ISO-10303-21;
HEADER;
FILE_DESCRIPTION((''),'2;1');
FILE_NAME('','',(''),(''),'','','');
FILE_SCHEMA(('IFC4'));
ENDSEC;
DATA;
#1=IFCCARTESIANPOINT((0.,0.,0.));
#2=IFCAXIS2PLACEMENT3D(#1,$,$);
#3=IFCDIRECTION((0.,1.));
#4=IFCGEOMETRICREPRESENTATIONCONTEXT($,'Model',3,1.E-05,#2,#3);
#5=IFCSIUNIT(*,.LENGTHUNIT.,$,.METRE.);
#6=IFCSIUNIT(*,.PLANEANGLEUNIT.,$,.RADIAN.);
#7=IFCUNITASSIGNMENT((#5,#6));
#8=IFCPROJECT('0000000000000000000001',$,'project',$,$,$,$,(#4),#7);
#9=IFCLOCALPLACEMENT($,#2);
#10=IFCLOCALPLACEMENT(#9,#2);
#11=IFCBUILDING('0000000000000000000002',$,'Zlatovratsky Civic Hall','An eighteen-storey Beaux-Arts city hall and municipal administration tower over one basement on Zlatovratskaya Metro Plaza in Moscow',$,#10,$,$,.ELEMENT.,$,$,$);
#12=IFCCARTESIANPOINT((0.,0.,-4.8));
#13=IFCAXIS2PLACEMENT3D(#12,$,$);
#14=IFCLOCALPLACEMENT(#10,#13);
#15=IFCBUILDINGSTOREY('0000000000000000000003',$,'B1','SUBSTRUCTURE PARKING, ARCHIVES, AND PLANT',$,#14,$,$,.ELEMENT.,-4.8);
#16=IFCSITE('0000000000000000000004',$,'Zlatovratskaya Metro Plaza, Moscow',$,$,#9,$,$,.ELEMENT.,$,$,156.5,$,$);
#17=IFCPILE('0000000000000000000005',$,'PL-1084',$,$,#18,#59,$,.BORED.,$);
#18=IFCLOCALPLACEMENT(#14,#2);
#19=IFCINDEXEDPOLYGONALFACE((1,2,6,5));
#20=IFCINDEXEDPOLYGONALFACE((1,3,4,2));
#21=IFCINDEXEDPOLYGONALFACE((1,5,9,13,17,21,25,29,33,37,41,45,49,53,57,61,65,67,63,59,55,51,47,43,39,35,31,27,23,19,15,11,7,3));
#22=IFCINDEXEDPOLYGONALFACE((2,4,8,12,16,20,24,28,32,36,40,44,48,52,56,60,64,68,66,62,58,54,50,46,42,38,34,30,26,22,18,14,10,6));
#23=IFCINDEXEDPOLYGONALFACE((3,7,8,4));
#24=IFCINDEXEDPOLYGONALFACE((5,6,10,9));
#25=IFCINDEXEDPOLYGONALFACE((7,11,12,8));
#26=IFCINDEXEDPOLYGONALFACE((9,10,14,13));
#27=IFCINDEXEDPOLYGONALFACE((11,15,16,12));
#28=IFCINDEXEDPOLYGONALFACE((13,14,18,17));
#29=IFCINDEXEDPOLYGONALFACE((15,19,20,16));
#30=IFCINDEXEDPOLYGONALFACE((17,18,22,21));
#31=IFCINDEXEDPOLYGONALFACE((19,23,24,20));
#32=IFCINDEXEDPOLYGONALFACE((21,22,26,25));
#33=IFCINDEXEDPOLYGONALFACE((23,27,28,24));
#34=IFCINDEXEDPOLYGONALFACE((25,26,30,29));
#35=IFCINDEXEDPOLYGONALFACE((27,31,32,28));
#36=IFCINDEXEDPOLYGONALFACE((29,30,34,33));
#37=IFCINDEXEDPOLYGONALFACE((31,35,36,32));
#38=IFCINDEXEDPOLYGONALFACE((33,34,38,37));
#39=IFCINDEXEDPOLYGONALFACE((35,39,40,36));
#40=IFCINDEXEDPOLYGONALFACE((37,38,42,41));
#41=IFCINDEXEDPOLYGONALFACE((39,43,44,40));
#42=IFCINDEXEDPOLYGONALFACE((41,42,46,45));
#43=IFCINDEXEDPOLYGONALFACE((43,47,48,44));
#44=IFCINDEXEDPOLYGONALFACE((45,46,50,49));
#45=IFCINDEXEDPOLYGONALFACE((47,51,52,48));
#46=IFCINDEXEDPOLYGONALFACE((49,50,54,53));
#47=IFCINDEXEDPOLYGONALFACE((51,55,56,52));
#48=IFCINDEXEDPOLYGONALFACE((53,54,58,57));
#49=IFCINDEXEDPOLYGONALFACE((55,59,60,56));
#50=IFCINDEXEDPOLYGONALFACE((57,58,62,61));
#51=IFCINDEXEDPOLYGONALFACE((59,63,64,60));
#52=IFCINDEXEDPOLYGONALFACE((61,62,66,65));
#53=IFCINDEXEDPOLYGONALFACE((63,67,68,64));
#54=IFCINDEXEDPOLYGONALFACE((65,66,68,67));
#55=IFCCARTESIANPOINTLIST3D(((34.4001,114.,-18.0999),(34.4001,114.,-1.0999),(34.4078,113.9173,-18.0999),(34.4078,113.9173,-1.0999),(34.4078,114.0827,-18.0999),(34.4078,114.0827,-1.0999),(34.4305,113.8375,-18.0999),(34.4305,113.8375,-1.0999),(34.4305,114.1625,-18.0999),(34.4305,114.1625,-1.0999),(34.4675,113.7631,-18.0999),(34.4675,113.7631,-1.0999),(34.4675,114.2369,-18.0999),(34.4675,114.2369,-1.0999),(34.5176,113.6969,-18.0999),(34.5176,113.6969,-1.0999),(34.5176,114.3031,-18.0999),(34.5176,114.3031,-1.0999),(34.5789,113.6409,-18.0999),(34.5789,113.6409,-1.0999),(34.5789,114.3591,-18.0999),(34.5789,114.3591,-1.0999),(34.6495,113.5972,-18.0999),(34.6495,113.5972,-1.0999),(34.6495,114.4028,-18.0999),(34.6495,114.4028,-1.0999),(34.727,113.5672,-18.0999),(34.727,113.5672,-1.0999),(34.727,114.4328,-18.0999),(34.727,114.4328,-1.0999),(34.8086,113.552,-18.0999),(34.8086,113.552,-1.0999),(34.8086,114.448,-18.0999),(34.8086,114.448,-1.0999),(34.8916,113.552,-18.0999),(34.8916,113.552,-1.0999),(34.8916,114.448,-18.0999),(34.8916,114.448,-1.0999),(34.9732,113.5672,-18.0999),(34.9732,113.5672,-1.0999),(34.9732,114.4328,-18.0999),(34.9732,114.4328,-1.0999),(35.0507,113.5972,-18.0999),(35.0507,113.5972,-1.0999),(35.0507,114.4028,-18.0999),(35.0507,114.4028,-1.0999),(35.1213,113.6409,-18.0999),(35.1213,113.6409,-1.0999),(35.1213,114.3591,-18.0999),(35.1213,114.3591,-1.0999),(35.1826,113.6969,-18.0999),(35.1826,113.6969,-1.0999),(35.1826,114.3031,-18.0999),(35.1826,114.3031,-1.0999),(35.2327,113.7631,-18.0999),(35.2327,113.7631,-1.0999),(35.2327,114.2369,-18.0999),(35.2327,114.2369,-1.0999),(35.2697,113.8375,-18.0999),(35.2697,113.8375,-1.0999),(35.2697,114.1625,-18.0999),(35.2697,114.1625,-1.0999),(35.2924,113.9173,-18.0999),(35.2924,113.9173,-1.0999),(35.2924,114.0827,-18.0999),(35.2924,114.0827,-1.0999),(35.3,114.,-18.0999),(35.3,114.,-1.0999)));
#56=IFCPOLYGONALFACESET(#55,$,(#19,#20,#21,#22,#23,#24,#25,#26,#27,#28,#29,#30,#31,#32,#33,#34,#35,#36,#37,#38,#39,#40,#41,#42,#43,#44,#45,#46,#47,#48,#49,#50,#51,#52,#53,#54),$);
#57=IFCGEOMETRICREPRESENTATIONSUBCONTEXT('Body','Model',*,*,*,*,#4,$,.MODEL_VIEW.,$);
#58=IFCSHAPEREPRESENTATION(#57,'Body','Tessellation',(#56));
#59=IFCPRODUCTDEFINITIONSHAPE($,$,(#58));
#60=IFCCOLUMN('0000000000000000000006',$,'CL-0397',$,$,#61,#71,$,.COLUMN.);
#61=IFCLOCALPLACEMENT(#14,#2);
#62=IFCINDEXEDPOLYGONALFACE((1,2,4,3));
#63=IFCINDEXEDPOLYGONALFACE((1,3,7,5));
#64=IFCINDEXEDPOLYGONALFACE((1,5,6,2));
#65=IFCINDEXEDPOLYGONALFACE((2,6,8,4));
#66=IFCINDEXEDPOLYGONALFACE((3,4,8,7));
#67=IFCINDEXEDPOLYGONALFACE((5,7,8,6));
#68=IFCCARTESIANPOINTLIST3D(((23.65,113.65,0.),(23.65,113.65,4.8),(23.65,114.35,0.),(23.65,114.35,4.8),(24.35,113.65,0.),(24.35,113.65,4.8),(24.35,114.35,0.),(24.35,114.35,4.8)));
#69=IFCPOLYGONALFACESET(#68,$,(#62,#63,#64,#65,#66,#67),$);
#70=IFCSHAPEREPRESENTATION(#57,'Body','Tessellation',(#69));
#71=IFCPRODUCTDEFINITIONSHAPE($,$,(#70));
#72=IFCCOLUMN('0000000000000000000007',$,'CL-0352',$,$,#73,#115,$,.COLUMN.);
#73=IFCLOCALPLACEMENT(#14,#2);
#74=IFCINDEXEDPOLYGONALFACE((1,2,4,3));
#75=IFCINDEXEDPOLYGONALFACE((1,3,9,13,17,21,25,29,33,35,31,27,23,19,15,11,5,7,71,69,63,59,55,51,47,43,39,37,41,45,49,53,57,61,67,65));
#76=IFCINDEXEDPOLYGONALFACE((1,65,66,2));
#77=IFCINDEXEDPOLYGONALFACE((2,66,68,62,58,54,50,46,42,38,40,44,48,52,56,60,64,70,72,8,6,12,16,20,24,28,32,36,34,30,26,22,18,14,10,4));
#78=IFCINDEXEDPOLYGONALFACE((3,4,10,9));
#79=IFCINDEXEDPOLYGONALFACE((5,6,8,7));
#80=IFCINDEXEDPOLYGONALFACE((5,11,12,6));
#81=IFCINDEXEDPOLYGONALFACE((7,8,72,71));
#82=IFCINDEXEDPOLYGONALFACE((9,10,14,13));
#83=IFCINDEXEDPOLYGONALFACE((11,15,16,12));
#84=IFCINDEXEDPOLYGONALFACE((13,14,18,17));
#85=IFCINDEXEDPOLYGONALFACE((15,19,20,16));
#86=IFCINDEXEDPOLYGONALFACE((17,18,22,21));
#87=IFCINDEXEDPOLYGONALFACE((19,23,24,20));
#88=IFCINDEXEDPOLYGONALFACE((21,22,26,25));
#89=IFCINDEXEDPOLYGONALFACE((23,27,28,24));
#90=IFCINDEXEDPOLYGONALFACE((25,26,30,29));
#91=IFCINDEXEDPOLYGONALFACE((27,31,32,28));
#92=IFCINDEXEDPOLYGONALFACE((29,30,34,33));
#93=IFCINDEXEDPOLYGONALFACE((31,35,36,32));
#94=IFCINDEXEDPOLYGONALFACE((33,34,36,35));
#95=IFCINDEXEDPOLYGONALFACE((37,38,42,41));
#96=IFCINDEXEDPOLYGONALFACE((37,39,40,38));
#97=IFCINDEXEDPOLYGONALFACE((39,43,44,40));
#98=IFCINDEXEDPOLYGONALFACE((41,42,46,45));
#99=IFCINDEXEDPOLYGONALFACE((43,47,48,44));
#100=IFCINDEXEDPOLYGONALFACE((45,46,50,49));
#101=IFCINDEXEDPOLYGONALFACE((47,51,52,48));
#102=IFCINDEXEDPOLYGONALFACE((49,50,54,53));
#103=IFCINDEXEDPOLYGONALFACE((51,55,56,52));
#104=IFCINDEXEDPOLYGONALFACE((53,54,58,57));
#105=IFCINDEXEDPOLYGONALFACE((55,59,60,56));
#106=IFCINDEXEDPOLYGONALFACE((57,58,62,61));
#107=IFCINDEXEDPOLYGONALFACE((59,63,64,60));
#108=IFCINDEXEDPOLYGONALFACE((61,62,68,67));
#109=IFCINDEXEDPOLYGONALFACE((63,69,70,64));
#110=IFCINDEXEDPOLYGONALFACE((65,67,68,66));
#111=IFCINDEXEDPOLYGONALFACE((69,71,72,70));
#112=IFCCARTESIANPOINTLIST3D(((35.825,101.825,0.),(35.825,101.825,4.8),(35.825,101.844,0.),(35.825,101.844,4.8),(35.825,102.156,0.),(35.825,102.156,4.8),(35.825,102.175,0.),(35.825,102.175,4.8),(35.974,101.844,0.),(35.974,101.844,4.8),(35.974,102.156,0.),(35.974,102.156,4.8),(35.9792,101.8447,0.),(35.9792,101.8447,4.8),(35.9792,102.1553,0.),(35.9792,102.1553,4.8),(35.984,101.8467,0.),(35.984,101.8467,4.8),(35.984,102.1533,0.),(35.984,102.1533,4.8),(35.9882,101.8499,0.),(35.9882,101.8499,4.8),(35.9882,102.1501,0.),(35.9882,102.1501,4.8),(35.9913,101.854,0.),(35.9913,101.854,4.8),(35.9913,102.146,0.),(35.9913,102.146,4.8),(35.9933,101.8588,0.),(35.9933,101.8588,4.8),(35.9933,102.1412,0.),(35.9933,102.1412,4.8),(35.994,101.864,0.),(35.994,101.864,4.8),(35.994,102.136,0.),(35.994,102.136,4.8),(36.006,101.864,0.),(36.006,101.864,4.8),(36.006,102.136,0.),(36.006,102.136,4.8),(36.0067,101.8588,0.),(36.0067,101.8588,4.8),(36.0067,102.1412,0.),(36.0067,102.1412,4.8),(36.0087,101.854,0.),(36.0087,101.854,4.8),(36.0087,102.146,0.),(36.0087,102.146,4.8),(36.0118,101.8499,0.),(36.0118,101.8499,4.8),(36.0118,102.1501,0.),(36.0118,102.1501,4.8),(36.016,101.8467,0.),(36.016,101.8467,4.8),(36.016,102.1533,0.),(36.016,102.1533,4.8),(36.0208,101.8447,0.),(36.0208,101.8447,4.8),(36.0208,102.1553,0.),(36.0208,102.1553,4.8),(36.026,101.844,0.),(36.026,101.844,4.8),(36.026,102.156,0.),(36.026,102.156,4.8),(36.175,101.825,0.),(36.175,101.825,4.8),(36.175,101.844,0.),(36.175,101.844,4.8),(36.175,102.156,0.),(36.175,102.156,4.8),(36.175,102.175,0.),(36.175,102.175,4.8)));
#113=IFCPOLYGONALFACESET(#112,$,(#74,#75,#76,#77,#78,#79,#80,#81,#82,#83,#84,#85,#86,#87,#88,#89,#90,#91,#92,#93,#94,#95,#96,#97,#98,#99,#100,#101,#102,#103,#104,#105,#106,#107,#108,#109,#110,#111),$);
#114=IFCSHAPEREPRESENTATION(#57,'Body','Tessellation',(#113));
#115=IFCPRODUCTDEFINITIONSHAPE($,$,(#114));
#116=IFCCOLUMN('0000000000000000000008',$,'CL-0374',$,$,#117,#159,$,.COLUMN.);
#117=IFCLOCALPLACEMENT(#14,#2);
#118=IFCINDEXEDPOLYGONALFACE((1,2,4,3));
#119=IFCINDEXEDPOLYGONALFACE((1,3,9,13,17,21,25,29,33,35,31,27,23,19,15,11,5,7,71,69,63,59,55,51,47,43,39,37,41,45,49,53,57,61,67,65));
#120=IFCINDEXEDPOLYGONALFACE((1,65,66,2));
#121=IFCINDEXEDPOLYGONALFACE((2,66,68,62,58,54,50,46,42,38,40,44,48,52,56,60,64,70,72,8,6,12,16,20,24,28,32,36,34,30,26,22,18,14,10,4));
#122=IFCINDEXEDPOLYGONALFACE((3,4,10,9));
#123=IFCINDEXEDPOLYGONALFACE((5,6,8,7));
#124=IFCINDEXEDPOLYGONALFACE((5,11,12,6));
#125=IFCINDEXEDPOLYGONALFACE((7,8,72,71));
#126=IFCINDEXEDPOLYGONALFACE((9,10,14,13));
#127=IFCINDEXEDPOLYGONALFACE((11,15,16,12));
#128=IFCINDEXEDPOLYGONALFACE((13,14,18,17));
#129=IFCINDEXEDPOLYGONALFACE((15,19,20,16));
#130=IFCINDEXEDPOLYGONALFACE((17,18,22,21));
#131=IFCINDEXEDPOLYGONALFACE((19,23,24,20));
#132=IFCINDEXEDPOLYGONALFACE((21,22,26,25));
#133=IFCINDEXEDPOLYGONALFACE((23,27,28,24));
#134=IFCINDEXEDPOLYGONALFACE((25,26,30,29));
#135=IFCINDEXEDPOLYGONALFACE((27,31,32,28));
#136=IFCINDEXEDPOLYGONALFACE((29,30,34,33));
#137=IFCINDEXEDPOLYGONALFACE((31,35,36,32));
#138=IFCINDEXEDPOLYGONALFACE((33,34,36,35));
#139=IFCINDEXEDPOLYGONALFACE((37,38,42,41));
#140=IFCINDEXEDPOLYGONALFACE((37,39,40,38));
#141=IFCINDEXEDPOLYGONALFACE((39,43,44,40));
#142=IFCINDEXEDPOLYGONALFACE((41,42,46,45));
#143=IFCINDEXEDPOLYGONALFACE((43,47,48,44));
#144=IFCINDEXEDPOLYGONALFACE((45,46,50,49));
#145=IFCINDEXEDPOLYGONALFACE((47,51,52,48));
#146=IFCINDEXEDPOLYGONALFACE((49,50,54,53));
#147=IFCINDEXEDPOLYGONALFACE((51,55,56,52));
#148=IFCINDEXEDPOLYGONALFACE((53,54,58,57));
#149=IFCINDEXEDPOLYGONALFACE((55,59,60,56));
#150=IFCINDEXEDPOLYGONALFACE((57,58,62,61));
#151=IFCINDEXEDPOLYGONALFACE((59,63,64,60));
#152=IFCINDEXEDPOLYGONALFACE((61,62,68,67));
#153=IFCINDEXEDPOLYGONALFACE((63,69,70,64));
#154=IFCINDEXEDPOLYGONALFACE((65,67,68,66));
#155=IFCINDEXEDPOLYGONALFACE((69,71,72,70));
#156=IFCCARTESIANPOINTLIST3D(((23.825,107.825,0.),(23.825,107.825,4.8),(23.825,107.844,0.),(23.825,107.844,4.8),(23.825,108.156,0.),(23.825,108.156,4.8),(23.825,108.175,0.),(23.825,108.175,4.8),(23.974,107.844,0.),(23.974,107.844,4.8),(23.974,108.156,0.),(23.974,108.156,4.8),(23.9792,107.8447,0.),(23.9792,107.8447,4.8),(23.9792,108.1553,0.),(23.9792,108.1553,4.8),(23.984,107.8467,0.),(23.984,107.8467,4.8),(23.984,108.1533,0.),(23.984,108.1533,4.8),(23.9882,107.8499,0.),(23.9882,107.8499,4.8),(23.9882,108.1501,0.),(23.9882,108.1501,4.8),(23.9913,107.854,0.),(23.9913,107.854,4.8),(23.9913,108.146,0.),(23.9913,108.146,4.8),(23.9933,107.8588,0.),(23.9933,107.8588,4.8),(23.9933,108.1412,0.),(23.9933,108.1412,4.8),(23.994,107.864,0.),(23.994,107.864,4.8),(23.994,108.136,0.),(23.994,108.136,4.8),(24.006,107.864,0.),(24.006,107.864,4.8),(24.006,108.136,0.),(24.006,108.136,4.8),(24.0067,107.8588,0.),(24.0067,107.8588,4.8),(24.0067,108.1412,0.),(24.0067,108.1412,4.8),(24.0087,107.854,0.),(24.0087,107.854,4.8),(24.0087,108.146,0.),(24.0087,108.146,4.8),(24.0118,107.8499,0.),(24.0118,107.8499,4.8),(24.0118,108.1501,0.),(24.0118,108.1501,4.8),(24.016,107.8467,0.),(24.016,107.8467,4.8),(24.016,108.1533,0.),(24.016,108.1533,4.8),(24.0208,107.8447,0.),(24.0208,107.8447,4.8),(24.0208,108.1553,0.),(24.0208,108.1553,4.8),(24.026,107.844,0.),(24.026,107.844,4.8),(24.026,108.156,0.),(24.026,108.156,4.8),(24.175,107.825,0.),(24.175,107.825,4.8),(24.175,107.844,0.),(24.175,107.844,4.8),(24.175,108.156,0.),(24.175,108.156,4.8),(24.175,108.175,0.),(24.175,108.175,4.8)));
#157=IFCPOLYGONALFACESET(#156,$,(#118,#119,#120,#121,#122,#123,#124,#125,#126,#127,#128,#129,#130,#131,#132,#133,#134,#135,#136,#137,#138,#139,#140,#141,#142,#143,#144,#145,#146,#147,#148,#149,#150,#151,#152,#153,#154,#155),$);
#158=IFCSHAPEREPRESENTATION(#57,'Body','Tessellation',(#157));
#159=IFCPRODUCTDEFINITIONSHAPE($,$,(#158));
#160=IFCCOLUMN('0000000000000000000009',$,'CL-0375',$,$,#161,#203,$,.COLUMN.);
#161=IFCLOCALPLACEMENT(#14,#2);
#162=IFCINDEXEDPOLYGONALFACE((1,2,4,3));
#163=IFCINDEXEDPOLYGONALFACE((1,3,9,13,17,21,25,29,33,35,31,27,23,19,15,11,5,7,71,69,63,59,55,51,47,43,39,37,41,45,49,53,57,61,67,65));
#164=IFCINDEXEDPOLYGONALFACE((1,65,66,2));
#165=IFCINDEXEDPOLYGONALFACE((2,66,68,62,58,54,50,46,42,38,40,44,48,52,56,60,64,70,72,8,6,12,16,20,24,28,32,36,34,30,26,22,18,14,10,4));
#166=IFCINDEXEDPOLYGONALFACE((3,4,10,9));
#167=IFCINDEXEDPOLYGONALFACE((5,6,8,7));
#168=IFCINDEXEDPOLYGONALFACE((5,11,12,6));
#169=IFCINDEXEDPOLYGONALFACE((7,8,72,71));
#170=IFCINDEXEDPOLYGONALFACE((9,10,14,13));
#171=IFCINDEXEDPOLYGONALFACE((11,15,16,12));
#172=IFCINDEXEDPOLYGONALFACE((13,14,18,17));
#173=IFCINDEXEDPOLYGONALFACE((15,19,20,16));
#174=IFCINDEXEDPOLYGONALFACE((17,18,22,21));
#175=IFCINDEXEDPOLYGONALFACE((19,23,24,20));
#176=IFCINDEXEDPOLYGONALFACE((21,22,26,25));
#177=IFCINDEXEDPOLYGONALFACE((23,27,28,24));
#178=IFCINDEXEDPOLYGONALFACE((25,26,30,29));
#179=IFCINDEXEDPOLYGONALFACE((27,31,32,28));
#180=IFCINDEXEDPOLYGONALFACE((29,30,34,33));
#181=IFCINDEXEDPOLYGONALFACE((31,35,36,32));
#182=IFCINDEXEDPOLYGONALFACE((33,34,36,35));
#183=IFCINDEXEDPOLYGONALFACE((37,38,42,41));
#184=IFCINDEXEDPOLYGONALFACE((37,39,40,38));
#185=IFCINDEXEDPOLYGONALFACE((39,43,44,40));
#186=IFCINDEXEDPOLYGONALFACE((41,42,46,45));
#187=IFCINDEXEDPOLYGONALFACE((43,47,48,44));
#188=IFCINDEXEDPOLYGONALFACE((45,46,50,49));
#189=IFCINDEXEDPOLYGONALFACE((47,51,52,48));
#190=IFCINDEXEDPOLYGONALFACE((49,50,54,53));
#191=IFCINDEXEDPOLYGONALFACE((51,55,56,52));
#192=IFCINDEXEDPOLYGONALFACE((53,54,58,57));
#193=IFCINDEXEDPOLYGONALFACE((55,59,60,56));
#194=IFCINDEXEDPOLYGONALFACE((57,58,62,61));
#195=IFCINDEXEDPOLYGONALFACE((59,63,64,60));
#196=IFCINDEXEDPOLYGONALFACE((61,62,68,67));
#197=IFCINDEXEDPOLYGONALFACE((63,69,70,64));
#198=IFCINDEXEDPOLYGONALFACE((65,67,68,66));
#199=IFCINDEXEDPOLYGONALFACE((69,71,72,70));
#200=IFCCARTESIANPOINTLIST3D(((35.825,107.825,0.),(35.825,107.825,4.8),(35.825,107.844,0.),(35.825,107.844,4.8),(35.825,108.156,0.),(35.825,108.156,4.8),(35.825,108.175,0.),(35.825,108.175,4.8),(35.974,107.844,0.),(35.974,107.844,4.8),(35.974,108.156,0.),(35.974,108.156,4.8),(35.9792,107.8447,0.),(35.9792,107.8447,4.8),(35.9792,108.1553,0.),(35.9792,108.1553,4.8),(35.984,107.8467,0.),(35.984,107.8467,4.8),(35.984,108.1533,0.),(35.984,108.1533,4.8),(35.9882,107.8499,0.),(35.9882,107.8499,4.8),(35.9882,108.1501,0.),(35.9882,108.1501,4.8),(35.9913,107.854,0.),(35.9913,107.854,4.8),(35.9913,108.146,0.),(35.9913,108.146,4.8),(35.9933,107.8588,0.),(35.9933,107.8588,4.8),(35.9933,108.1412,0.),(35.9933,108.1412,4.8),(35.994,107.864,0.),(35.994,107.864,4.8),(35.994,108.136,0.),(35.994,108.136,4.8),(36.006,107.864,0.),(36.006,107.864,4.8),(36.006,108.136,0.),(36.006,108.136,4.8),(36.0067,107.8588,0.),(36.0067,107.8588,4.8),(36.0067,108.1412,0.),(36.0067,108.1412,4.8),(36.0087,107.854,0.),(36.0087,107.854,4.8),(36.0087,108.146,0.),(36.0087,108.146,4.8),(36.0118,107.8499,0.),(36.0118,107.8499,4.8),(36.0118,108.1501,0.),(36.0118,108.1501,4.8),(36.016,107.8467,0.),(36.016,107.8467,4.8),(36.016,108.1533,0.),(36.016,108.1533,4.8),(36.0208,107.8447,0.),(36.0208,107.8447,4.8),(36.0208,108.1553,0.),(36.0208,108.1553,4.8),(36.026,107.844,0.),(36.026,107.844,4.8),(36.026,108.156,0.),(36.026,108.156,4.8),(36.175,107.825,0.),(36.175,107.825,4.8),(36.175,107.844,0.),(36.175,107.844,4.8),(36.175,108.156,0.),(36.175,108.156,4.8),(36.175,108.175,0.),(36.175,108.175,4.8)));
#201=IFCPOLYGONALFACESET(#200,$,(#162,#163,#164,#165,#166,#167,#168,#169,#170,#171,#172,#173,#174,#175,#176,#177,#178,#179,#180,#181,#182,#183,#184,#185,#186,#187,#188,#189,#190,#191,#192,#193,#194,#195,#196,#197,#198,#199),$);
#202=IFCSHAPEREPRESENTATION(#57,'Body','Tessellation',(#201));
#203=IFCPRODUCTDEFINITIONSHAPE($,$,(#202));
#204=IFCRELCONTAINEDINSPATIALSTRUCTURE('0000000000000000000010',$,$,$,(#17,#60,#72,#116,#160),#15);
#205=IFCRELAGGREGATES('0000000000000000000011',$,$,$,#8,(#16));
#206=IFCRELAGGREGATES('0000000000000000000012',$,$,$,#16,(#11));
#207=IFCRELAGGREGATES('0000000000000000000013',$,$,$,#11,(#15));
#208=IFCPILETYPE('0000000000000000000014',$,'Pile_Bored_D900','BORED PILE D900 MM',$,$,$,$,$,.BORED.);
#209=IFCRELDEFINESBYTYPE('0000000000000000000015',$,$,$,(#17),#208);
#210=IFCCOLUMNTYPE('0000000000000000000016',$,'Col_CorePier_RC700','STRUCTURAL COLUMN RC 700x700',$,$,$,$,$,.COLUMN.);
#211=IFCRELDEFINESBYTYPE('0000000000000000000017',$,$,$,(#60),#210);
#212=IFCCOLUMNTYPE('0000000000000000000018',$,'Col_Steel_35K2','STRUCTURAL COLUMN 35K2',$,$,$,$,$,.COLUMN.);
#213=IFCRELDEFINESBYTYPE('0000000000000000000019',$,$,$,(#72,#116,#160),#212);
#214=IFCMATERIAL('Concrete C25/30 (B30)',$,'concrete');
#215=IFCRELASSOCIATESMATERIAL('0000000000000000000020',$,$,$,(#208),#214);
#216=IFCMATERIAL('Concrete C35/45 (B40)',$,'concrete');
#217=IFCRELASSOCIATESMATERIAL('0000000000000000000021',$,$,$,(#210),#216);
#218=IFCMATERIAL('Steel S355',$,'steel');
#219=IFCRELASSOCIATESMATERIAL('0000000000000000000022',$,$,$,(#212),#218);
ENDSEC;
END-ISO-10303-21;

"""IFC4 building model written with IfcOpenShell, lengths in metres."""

from ifc_helpers import new_model, si_unit, direction, frame, origin, origin_2d, place, context, subcontext, project, spatial, rectangle, circle, i_section, extrude, material, material_profile, profile_set, type_object, element, save


model = new_model("IFC4")

# Units and contexts
model_context = context("Model", 3, precision=1e-05, world=origin(), true_north=direction((0.0, 1.0)))
body_context = subcontext(model_context, "Body", "Model", "MODEL_VIEW")
ifc_project = project(units=[si_unit("LENGTHUNIT", "METRE"), si_unit("PLANEANGLEUNIT", "RADIAN")], contexts=[model_context])

# Site, building, storey
site_placement = place(None, origin())
site = spatial("IfcSite", under=ifc_project, at=site_placement, Name="Zlatovratskaya Metro Plaza, Moscow", CompositionType="ELEMENT", RefElevation=156.5)
building_placement = place(site_placement, origin())
building = spatial("IfcBuilding", under=site, at=building_placement, Name="Zlatovratsky Civic Hall", Description="An eighteen-storey Beaux-Arts city hall and municipal administration tower over one basement on Zlatovratskaya Metro Plaza in Moscow", CompositionType="ELEMENT")
storey_placement = place(building_placement, frame((0.0, 0.0, -4.8)))
storey = spatial("IfcBuildingStorey", under=building, at=storey_placement, Name="B1", Description="SUBSTRUCTURE PARKING, ARCHIVES, AND PLANT", CompositionType="ELEMENT", Elevation=-4.8)

# Shared definitions
ifc_material_1 = material(Name="Concrete C25/30 (B30)", Category="concrete")

# Pile
ifc_material_profile_1 = material_profile(ifc_material_1, circle(Radius=0.45, at=origin_2d()), Name="PILE D900")
ifc_profile_set_1 = profile_set([ifc_material_profile_1], Name="Concrete C25/30 (B30)")
pile_type_1 = type_object("IfcPileType", Name="Pile_Bored_D900", Description="BORED PILE D900 MM", PredefinedType="BORED", material=ifc_profile_set_1)
for number, where, z_axis, x_axis, name in (
    (1, (34.8501, 114.0, -1.0999), (0.0, 0.0, -1.0), (1.0, 0.0, 0.0), "PL-1084"),
):
    element("IfcPile", number, at=place(storey_placement, frame(where, z_axis=z_axis, x_axis=x_axis)), inside=storey, type_object=pile_type_1, Name=name, PredefinedType="BORED", context=body_context, shape_type="SweptSolid", body=[
        extrude(circle(Radius=0.45, at=origin_2d()), origin(), (0.0, 0.0, 1.0), 17.0),
    ])

# Columns
ifc_material_2 = material(Name="Concrete C35/45 (B40)", Category="concrete")
ifc_material_profile_2 = material_profile(ifc_material_2, rectangle(XDim=0.7, YDim=0.7, at=origin_2d()), Name="RC 700x700")
ifc_profile_set_2 = profile_set([ifc_material_profile_2], Name="Concrete C35/45 (B40)")
column_type_1 = type_object("IfcColumnType", Name="Col_CorePier_RC700", Description="STRUCTURAL COLUMN RC 700x700", PredefinedType="COLUMN", material=ifc_profile_set_2)
column_1_placement = place(storey_placement, frame((24.0, 114.0, 0.0), z_axis=(0.0, 0.0, 1.0), x_axis=(1.0, 0.0, 0.0)))
element("IfcColumn", 2, at=column_1_placement, inside=storey, type_object=column_type_1, Name="CL-0397", PredefinedType="COLUMN", context=body_context, shape_type="SweptSolid", body=[
    extrude(rectangle(XDim=0.7, YDim=0.7, at=origin_2d()), origin(), (0.0, 0.0, 1.0), 4.8),
])
ifc_material_3 = material(Name="Steel S355", Category="steel")
ifc_material_profile_3 = material_profile(ifc_material_3, i_section(OverallWidth=0.3501, OverallDepth=0.3501, WebThickness=0.012, FlangeThickness=0.019, FilletRadius=0.02, at=origin_2d()), Name="35K2")
ifc_profile_set_3 = profile_set([ifc_material_profile_3], Name="Steel S355")
column_type_2 = type_object("IfcColumnType", Name="Col_Steel_35K2", Description="STRUCTURAL COLUMN 35K2", PredefinedType="COLUMN", material=ifc_profile_set_3)
for number, where, z_axis, x_axis, name in (
    (3, (36.0, 102.0, 0.0), (0.0, 0.0, 1.0), (1.0, 0.0, 0.0), "CL-0352"),
    (4, (24.0, 108.0, 0.0), (0.0, 0.0, 1.0), (1.0, 0.0, 0.0), "CL-0374"),
    (5, (36.0, 108.0, 0.0), (0.0, 0.0, 1.0), (1.0, 0.0, 0.0), "CL-0375"),
):
    element("IfcColumn", number, at=place(storey_placement, frame(where, z_axis=z_axis, x_axis=x_axis)), inside=storey, type_object=column_type_2, Name=name, PredefinedType="COLUMN", context=body_context, shape_type="SweptSolid", body=[
        extrude(i_section(OverallWidth=0.3501, OverallDepth=0.3501, WebThickness=0.012, FlangeThickness=0.019, FilletRadius=0.02, at=origin_2d()), origin(), (0.0, 0.0, 1.0), 4.8),
    ])

save(model, "model.ifc")
